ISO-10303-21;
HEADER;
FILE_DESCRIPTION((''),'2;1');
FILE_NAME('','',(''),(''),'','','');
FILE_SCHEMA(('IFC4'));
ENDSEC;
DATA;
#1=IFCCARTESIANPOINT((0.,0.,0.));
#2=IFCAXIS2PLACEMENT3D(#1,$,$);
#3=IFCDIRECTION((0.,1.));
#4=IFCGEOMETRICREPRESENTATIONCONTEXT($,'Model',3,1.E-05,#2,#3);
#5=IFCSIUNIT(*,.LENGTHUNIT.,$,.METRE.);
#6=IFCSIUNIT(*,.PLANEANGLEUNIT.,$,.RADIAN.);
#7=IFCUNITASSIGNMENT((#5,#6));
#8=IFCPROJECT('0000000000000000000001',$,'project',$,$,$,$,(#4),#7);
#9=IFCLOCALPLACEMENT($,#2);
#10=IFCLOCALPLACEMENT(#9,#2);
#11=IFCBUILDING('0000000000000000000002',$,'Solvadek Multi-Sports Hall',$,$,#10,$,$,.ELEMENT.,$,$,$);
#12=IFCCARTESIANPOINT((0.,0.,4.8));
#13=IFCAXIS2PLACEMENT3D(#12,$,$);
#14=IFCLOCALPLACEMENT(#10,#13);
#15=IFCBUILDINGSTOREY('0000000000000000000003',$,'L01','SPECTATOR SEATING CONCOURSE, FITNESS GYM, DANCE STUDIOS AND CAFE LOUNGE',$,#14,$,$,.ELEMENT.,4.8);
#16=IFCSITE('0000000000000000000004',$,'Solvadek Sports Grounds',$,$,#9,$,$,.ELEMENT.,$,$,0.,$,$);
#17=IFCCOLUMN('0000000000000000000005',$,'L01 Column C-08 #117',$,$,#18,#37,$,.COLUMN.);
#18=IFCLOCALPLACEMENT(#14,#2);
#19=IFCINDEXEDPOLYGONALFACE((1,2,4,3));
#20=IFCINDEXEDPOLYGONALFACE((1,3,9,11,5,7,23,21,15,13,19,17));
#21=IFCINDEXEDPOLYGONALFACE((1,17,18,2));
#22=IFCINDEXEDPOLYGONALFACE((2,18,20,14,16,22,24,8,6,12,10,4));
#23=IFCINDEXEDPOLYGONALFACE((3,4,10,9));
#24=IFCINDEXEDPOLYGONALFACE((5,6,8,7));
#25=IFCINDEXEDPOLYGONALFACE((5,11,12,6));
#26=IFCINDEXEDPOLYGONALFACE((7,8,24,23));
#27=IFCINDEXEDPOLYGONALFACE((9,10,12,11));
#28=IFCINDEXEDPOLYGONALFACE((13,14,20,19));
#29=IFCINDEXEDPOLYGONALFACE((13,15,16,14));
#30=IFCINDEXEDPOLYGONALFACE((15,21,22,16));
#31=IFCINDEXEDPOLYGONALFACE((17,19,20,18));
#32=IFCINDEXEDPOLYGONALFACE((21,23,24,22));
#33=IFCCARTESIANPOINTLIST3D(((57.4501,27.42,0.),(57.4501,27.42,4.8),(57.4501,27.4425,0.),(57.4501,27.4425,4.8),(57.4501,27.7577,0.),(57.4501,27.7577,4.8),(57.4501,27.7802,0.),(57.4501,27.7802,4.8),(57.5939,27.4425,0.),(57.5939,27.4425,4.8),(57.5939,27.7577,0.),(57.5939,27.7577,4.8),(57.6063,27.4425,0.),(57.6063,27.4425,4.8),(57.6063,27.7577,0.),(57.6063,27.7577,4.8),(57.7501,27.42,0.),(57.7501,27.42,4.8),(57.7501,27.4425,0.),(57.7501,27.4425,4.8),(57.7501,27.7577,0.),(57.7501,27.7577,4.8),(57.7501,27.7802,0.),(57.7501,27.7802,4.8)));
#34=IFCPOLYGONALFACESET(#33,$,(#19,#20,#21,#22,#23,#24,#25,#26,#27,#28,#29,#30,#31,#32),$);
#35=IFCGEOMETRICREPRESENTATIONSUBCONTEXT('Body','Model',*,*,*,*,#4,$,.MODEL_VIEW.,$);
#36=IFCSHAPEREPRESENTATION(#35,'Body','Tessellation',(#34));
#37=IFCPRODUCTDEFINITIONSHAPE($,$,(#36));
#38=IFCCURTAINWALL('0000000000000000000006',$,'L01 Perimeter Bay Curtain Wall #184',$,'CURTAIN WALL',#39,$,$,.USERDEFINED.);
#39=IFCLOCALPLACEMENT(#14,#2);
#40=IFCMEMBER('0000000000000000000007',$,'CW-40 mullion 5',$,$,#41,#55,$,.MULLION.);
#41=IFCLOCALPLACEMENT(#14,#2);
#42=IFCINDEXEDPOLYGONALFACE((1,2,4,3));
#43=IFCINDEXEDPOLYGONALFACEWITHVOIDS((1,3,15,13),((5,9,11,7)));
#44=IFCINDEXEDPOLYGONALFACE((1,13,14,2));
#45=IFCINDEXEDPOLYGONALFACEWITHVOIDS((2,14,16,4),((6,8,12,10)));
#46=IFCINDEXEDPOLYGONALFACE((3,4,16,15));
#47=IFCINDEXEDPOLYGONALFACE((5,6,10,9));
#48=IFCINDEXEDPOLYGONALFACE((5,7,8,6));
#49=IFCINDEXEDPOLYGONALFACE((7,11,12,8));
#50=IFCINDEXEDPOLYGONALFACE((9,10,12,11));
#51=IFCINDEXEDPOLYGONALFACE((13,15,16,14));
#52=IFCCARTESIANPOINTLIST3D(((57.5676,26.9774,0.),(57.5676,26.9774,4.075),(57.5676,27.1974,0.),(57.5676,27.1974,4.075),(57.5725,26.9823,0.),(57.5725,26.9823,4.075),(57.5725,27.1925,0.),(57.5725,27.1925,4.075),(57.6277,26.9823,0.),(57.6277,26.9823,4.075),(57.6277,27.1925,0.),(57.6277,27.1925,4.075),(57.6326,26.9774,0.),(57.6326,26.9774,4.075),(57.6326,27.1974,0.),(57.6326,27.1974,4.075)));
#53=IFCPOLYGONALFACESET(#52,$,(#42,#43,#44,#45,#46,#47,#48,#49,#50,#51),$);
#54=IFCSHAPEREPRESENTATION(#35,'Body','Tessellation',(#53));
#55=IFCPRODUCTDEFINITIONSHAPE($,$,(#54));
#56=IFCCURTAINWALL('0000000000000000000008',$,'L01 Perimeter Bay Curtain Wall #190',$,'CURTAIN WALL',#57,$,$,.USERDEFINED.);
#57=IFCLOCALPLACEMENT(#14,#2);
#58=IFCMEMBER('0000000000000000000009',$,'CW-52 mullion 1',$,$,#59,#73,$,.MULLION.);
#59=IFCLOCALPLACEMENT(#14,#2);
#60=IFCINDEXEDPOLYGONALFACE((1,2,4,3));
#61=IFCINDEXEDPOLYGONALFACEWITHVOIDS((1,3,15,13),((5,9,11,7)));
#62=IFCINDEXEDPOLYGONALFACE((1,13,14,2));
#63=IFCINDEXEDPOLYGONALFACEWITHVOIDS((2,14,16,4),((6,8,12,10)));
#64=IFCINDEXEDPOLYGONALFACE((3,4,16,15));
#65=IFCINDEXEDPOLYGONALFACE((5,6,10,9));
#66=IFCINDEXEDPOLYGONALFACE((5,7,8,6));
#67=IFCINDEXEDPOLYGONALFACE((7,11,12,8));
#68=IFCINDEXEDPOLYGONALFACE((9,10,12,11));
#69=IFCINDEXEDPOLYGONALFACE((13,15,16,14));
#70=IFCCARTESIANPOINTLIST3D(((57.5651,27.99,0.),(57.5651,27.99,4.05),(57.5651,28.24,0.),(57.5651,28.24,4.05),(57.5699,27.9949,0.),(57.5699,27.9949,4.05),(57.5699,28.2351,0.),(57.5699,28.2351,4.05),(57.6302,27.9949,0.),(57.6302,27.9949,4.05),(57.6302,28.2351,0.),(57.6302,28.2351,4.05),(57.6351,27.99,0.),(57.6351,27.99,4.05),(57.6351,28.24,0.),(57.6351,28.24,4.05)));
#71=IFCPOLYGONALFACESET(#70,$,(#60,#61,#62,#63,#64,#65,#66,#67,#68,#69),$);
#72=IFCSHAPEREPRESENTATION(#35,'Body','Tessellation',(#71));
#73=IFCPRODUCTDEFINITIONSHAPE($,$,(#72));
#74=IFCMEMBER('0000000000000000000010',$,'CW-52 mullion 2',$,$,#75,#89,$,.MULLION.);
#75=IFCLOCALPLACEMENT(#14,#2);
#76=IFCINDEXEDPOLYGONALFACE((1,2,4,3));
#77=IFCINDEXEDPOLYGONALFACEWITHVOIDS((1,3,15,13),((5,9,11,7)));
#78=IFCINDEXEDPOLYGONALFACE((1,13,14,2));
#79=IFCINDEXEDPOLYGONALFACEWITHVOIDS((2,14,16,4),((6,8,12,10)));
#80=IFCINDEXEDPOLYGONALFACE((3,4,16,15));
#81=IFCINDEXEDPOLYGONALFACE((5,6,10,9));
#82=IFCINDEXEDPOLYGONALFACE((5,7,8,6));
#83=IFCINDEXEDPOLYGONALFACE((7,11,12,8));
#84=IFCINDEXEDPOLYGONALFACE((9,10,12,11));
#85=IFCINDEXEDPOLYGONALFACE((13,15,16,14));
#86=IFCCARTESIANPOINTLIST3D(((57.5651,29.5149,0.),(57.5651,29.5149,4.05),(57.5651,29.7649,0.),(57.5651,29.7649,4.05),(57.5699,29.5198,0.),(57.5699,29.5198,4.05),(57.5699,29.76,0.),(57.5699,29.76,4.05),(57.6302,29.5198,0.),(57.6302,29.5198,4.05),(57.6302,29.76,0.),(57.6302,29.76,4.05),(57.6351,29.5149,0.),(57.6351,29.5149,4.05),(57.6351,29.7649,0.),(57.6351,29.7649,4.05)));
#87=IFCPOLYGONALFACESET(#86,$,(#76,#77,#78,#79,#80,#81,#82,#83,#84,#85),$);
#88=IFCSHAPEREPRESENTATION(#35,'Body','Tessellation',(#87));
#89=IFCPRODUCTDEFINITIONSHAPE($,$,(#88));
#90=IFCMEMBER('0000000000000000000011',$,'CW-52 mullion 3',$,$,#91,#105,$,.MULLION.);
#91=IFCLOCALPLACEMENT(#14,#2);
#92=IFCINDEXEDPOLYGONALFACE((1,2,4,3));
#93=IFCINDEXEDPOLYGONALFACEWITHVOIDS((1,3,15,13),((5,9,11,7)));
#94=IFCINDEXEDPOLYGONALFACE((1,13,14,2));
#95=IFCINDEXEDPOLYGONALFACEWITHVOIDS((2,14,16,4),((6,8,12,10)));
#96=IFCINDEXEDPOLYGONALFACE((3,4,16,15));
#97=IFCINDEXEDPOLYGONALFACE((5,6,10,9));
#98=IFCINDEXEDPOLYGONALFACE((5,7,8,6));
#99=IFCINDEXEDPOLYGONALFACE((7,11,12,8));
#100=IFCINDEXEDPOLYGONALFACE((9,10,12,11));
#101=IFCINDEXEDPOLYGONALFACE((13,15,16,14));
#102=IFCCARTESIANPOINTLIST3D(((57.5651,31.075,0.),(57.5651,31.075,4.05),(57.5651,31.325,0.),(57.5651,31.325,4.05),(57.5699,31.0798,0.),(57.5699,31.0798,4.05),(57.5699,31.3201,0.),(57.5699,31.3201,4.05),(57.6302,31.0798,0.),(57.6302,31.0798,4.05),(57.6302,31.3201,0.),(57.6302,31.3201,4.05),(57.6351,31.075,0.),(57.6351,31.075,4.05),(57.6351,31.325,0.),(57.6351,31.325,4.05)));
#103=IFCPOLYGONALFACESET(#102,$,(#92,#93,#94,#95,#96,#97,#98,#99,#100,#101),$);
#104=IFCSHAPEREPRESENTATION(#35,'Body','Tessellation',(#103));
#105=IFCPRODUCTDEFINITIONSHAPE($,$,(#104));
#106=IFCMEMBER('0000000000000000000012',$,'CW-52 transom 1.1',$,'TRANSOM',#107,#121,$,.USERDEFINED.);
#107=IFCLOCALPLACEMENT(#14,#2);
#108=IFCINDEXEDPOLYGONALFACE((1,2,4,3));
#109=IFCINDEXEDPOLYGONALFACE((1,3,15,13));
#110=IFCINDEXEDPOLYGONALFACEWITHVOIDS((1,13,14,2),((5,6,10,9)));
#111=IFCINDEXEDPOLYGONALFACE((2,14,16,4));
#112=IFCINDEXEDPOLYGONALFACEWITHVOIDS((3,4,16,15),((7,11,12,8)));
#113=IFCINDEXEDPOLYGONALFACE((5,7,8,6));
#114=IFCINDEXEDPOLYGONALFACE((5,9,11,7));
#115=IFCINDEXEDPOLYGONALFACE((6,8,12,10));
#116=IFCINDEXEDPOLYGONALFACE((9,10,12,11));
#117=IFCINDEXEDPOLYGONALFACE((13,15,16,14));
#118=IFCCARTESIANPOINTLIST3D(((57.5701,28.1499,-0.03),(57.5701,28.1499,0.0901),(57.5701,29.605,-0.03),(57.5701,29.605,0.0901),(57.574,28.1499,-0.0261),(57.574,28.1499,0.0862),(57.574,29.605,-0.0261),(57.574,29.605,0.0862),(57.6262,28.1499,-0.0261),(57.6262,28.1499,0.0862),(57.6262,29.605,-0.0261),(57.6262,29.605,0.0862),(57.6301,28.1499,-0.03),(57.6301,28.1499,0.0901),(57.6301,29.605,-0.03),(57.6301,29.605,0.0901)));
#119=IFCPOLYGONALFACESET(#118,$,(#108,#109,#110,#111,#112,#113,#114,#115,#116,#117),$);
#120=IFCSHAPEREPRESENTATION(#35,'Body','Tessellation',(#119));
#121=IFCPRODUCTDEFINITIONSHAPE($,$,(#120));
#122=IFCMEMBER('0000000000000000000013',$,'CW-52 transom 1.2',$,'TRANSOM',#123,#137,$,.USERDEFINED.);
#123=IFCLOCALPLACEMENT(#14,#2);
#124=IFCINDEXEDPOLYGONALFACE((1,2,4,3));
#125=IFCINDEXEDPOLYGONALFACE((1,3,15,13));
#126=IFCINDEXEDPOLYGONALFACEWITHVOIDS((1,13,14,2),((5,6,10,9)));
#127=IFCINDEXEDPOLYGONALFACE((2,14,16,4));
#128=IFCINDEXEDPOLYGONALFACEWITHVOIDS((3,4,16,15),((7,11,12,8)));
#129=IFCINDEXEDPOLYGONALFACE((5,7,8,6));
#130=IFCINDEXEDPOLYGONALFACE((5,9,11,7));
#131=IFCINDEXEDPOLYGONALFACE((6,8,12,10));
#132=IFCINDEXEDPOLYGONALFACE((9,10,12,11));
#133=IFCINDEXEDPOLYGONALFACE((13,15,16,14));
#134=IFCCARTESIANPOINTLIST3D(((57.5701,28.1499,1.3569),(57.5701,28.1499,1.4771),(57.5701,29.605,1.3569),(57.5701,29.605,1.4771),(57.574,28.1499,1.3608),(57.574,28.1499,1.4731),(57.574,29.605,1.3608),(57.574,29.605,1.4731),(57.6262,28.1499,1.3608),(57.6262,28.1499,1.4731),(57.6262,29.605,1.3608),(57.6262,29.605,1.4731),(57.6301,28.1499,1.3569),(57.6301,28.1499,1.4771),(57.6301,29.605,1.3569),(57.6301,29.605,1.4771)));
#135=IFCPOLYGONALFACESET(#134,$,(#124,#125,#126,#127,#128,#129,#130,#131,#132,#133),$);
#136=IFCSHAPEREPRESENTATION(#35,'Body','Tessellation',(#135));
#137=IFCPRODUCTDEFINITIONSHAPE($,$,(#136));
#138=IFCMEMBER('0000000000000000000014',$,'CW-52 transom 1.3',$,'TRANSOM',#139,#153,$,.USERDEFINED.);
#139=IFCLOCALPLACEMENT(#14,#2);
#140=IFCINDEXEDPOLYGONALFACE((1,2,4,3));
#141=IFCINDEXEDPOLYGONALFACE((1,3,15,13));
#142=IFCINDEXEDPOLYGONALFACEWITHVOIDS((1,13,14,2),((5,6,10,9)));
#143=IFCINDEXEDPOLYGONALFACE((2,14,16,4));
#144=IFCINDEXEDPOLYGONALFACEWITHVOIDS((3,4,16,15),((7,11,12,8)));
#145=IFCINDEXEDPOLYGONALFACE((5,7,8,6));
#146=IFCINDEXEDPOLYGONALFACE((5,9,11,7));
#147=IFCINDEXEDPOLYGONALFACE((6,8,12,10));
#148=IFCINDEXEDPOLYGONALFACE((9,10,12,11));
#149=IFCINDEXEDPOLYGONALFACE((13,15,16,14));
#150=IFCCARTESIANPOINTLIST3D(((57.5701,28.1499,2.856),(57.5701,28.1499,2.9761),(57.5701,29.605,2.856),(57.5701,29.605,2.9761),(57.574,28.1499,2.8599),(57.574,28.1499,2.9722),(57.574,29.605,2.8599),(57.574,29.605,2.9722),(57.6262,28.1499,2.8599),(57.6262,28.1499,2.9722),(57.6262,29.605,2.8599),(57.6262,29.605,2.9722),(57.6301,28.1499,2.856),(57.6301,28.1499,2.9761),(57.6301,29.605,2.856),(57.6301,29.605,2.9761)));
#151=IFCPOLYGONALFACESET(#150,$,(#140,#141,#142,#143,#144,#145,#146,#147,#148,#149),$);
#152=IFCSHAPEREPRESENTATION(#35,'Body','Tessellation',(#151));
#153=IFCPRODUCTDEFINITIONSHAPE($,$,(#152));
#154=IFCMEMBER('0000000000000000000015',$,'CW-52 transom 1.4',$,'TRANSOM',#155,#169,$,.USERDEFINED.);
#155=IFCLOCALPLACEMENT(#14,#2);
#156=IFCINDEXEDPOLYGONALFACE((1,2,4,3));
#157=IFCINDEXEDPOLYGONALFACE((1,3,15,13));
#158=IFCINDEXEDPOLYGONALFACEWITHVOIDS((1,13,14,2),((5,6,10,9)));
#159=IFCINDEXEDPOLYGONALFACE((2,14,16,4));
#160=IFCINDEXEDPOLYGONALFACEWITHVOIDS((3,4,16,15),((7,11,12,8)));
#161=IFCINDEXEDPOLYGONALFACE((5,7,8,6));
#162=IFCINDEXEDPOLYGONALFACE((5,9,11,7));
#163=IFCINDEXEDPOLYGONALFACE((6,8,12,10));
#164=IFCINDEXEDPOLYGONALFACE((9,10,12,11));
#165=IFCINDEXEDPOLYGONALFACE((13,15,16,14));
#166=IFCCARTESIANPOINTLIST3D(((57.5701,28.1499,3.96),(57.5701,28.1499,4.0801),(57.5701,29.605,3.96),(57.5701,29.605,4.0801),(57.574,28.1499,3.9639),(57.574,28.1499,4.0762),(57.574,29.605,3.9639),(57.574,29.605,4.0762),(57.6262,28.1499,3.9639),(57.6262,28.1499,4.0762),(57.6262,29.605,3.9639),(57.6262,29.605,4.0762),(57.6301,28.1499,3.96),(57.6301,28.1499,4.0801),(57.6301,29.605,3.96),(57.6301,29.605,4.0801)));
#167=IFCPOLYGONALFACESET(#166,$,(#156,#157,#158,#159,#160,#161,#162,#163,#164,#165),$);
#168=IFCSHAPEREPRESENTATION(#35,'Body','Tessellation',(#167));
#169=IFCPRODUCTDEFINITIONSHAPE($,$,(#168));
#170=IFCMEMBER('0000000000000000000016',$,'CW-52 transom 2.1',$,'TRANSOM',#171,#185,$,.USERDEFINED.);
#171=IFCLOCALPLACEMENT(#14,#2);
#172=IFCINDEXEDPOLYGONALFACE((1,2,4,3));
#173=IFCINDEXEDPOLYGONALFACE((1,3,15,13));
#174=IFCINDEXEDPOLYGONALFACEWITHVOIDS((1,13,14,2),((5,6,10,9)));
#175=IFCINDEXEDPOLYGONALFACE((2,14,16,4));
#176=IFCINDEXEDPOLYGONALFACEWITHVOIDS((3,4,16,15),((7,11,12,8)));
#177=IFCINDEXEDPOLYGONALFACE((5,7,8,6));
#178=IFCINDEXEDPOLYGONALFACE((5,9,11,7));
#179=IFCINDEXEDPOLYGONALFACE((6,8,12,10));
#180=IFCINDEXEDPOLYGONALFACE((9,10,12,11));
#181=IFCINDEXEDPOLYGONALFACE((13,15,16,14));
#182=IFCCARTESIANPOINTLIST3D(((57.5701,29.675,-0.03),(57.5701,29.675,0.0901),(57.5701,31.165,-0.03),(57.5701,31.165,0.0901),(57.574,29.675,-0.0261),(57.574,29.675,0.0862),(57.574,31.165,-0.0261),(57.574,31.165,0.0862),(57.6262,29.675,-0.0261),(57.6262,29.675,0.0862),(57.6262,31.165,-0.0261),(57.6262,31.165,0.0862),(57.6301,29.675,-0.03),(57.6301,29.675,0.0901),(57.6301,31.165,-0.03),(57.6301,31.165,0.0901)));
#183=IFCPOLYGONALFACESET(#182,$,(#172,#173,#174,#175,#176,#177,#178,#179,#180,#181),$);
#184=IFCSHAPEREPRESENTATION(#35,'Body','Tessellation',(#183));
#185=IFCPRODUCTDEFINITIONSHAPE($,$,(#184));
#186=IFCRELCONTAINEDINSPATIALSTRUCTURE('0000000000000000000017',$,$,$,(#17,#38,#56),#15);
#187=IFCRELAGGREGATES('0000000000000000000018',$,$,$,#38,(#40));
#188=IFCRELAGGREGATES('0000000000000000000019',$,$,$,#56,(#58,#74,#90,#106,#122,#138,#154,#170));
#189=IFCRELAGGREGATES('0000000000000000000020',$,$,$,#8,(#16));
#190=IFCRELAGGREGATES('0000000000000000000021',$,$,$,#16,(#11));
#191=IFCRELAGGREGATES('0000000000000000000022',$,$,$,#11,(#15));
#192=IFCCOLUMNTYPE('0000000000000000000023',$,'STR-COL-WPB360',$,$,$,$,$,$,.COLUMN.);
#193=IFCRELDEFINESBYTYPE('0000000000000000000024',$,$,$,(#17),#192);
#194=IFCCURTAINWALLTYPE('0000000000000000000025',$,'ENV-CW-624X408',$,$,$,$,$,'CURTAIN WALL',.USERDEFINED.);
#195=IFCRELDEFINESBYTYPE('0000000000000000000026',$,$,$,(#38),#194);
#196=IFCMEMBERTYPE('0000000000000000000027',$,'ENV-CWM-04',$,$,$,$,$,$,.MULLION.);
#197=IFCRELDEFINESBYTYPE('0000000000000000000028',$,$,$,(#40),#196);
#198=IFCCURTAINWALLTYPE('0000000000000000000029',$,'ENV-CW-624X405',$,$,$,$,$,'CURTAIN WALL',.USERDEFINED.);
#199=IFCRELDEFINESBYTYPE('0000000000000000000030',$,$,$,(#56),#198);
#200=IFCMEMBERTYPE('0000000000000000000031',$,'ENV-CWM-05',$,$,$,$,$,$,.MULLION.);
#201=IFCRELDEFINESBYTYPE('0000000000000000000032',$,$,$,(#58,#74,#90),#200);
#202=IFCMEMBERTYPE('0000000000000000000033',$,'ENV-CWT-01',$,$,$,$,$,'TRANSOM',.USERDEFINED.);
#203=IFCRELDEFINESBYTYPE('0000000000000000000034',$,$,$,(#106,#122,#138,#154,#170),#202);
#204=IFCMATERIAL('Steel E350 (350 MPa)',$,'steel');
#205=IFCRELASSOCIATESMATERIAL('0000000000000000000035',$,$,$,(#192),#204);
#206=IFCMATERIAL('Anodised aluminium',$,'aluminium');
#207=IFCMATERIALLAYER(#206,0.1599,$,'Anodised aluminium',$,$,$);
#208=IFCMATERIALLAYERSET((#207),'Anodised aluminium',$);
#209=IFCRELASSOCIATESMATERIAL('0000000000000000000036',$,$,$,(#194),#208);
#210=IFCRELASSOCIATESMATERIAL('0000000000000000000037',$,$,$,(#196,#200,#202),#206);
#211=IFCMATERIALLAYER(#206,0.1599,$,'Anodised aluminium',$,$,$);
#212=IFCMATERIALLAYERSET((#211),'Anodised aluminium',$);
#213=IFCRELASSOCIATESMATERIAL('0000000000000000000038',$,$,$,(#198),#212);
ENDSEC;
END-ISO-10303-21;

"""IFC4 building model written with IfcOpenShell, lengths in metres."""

from ifc_helpers import new_model, si_unit, direction, frame, origin, origin_2d, place, context, subcontext, project, spatial, hollow_rectangle, i_section, extrude, material, layer, layer_set, material_profile, profile_set, type_object, element, aggregate, save


model = new_model("IFC4")

# Units and contexts
model_context = context("Model", 3, precision=1e-05, world=origin(), true_north=direction((0.0, 1.0)))
body_context = subcontext(model_context, "Body", "Model", "MODEL_VIEW")
ifc_project = project(units=[si_unit("LENGTHUNIT", "METRE"), si_unit("PLANEANGLEUNIT", "RADIAN")], contexts=[model_context])

# Site, building, storey
site_placement = place(None, origin())
site = spatial("IfcSite", under=ifc_project, at=site_placement, Name="Solvadek Sports Grounds", CompositionType="ELEMENT", RefElevation=0.0)
building_placement = place(site_placement, origin())
building = spatial("IfcBuilding", under=site, at=building_placement, Name="Solvadek Multi-Sports Hall", CompositionType="ELEMENT")
storey_placement = place(building_placement, frame((0.0, 0.0, 4.8)))
storey = spatial("IfcBuildingStorey", under=building, at=storey_placement, Name="L01", Description="SPECTATOR SEATING CONCOURSE, FITNESS GYM, DANCE STUDIOS AND CAFE LOUNGE", CompositionType="ELEMENT", Elevation=4.8)

# Column
ifc_material_1 = material(Name="Steel E350 (350 MPa)", Category="steel")
ifc_material_profile_1 = material_profile(ifc_material_1, i_section(OverallWidth=0.3, OverallDepth=0.3601, WebThickness=0.0125, FlangeThickness=0.0225, at=origin_2d()), Name="WPB 360")
ifc_profile_set_1 = profile_set([ifc_material_profile_1], Name="Steel E350 (350 MPa)")
column_type = type_object("IfcColumnType", Name="STR-COL-WPB360", PredefinedType="COLUMN", material=ifc_profile_set_1)
column_placement = place(storey_placement, frame((57.6001, 27.6001, 0.0), z_axis=(0.0, 0.0, 1.0), x_axis=(1.0, 0.0, 0.0)))
element("IfcColumn", 1, at=column_placement, inside=storey, type_object=column_type, Name="L01 Column C-08 #117", PredefinedType="COLUMN", context=body_context, shape_type="SweptSolid", body=[
    extrude(i_section(OverallWidth=0.3, OverallDepth=0.3601, WebThickness=0.0125, FlangeThickness=0.0225, at=origin_2d()), origin(), (0.0, 0.0, 1.0), 4.8),
])

# Curtain wall, member
ifc_material_2 = material(Name="Anodised aluminium", Category="aluminium")
ifc_layer_1 = layer(ifc_material_2, 0.1599, Name="Anodised aluminium")
ifc_layer_set_1 = layer_set([ifc_layer_1], Name="Anodised aluminium")
curtain_wall_type_1 = type_object("IfcCurtainWallType", Name="ENV-CW-624X408", ElementType="CURTAIN WALL", PredefinedType="USERDEFINED", material=ifc_layer_set_1)
curtain_wall_1_placement = place(storey_placement, origin())
curtain_wall_1 = element("IfcCurtainWall", 2, at=curtain_wall_1_placement, inside=storey, type_object=curtain_wall_type_1, Name="L01 Perimeter Bay Curtain Wall #184", ObjectType="CURTAIN WALL", PredefinedType="USERDEFINED")
ifc_material_profile_2 = material_profile(ifc_material_2, hollow_rectangle(XDim=0.0649, YDim=0.22, WallThickness=0.0049, at=origin_2d()), Name="ALU-M 220x65x5")
ifc_profile_set_2 = profile_set([ifc_material_profile_2], Name="Anodised aluminium")
member_type_1 = type_object("IfcMemberType", Name="ENV-CWM-04", PredefinedType="MULLION", material=ifc_profile_set_2)
member_1_placement = place(storey_placement, frame((57.6001, 27.0874, 0.0), z_axis=(0.0, 0.0, 1.0), x_axis=(-1.0, 0.0, 0.0)))
member_1 = element("IfcMember", 3, at=member_1_placement, type_object=member_type_1, Name="CW-40 mullion 5", PredefinedType="MULLION", context=body_context, shape_type="SweptSolid", body=[
    extrude(hollow_rectangle(XDim=0.0649, YDim=0.22, WallThickness=0.0049, at=origin_2d()), origin(), (0.0, 0.0, 1.0), 4.075),
])

# Curtain wall, members
ifc_layer_2 = layer(ifc_material_2, 0.1599, Name="Anodised aluminium")
ifc_layer_set_2 = layer_set([ifc_layer_2], Name="Anodised aluminium")
curtain_wall_type_2 = type_object("IfcCurtainWallType", Name="ENV-CW-624X405", ElementType="CURTAIN WALL", PredefinedType="USERDEFINED", material=ifc_layer_set_2)
curtain_wall_2_placement = place(storey_placement, origin())
curtain_wall_2 = element("IfcCurtainWall", 4, at=curtain_wall_2_placement, inside=storey, type_object=curtain_wall_type_2, Name="L01 Perimeter Bay Curtain Wall #190", ObjectType="CURTAIN WALL", PredefinedType="USERDEFINED")
ifc_material_profile_3 = material_profile(ifc_material_2, hollow_rectangle(XDim=0.0701, YDim=0.25, WallThickness=0.0049, at=origin_2d()), Name="ALU-M 250x70x5")
ifc_profile_set_3 = profile_set([ifc_material_profile_3], Name="Anodised aluminium")
member_type_2 = type_object("IfcMemberType", Name="ENV-CWM-05", PredefinedType="MULLION", material=ifc_profile_set_3)
member_2_placement = place(storey_placement, frame((57.6001, 28.115, 0.0), z_axis=(0.0, 0.0, 1.0), x_axis=(-1.0, 0.0, 0.0)))
member_2 = element("IfcMember", 5, at=member_2_placement, type_object=member_type_2, Name="CW-52 mullion 1", PredefinedType="MULLION", context=body_context, shape_type="SweptSolid", body=[
    extrude(hollow_rectangle(XDim=0.0701, YDim=0.25, WallThickness=0.0049, at=origin_2d()), origin(), (0.0, 0.0, 1.0), 4.05),
])
member_3_placement = place(storey_placement, frame((57.6001, 29.6399, 0.0), z_axis=(0.0, 0.0, 1.0), x_axis=(-1.0, 0.0, 0.0)))
member_3 = element("IfcMember", 6, at=member_3_placement, type_object=member_type_2, Name="CW-52 mullion 2", PredefinedType="MULLION", context=body_context, shape_type="SweptSolid", body=[
    extrude(hollow_rectangle(XDim=0.0701, YDim=0.25, WallThickness=0.0049, at=origin_2d()), origin(), (0.0, 0.0, 1.0), 4.05),
])
member_4_placement = place(storey_placement, frame((57.6001, 31.2, 0.0), z_axis=(0.0, 0.0, 1.0), x_axis=(-1.0, 0.0, 0.0)))
member_4 = element("IfcMember", 7, at=member_4_placement, type_object=member_type_2, Name="CW-52 mullion 3", PredefinedType="MULLION", context=body_context, shape_type="SweptSolid", body=[
    extrude(hollow_rectangle(XDim=0.0701, YDim=0.25, WallThickness=0.0049, at=origin_2d()), origin(), (0.0, 0.0, 1.0), 4.05),
])
ifc_material_profile_4 = material_profile(ifc_material_2, hollow_rectangle(XDim=0.0601, YDim=0.1201, WallThickness=0.0039, at=origin_2d()), Name="ALU-T 120x60x4")
ifc_profile_set_4 = profile_set([ifc_material_profile_4], Name="Anodised aluminium")
member_type_3 = type_object("IfcMemberType", Name="ENV-CWT-01", ElementType="TRANSOM", PredefinedType="USERDEFINED", material=ifc_profile_set_4)
member_5_placement = place(storey_placement, frame((57.6001, 28.1499, 0.03), z_axis=(0.0, 1.0, 0.0), x_axis=(-1.0, 0.0, 0.0)))
member_5 = element("IfcMember", 8, at=member_5_placement, type_object=member_type_3, Name="CW-52 transom 1.1", ObjectType="TRANSOM", PredefinedType="USERDEFINED", context=body_context, shape_type="SweptSolid", body=[
    extrude(hollow_rectangle(XDim=0.0601, YDim=0.1201, WallThickness=0.0039, at=origin_2d()), origin(), (0.0, 0.0, 1.0), 1.4551),
])
member_6_placement = place(storey_placement, frame((57.6001, 28.1499, 1.417), z_axis=(0.0, 1.0, 0.0), x_axis=(-1.0, 0.0, 0.0)))
member_6 = element("IfcMember", 9, at=member_6_placement, type_object=member_type_3, Name="CW-52 transom 1.2", ObjectType="TRANSOM", PredefinedType="USERDEFINED", context=body_context, shape_type="SweptSolid", body=[
    extrude(hollow_rectangle(XDim=0.0601, YDim=0.1201, WallThickness=0.0039, at=origin_2d()), origin(), (0.0, 0.0, 1.0), 1.4551),
])
member_7_placement = place(storey_placement, frame((57.6001, 28.1499, 2.916), z_axis=(0.0, 1.0, 0.0), x_axis=(-1.0, 0.0, 0.0)))
member_7 = element("IfcMember", 10, at=member_7_placement, type_object=member_type_3, Name="CW-52 transom 1.3", ObjectType="TRANSOM", PredefinedType="USERDEFINED", context=body_context, shape_type="SweptSolid", body=[
    extrude(hollow_rectangle(XDim=0.0601, YDim=0.1201, WallThickness=0.0039, at=origin_2d()), origin(), (0.0, 0.0, 1.0), 1.4551),
])
member_8_placement = place(storey_placement, frame((57.6001, 28.1499, 4.02), z_axis=(0.0, 1.0, 0.0), x_axis=(-1.0, 0.0, 0.0)))
member_8 = element("IfcMember", 11, at=member_8_placement, type_object=member_type_3, Name="CW-52 transom 1.4", ObjectType="TRANSOM", PredefinedType="USERDEFINED", context=body_context, shape_type="SweptSolid", body=[
    extrude(hollow_rectangle(XDim=0.0601, YDim=0.1201, WallThickness=0.0039, at=origin_2d()), origin(), (0.0, 0.0, 1.0), 1.4551),
])
member_9_placement = place(storey_placement, frame((57.6001, 29.675, 0.03), z_axis=(0.0, 1.0, 0.0), x_axis=(-1.0, 0.0, 0.0)))
member_9 = element("IfcMember", 12, at=member_9_placement, type_object=member_type_3, Name="CW-52 transom 2.1", ObjectType="TRANSOM", PredefinedType="USERDEFINED", context=body_context, shape_type="SweptSolid", body=[
    extrude(hollow_rectangle(XDim=0.0601, YDim=0.1201, WallThickness=0.0039, at=origin_2d()), origin(), (0.0, 0.0, 1.0), 1.49),
])

aggregate(curtain_wall_1, [member_1])
aggregate(curtain_wall_2, [member_2, member_3, member_4, member_5, member_6, member_7, member_8, member_9])

save(model, "model.ifc")
